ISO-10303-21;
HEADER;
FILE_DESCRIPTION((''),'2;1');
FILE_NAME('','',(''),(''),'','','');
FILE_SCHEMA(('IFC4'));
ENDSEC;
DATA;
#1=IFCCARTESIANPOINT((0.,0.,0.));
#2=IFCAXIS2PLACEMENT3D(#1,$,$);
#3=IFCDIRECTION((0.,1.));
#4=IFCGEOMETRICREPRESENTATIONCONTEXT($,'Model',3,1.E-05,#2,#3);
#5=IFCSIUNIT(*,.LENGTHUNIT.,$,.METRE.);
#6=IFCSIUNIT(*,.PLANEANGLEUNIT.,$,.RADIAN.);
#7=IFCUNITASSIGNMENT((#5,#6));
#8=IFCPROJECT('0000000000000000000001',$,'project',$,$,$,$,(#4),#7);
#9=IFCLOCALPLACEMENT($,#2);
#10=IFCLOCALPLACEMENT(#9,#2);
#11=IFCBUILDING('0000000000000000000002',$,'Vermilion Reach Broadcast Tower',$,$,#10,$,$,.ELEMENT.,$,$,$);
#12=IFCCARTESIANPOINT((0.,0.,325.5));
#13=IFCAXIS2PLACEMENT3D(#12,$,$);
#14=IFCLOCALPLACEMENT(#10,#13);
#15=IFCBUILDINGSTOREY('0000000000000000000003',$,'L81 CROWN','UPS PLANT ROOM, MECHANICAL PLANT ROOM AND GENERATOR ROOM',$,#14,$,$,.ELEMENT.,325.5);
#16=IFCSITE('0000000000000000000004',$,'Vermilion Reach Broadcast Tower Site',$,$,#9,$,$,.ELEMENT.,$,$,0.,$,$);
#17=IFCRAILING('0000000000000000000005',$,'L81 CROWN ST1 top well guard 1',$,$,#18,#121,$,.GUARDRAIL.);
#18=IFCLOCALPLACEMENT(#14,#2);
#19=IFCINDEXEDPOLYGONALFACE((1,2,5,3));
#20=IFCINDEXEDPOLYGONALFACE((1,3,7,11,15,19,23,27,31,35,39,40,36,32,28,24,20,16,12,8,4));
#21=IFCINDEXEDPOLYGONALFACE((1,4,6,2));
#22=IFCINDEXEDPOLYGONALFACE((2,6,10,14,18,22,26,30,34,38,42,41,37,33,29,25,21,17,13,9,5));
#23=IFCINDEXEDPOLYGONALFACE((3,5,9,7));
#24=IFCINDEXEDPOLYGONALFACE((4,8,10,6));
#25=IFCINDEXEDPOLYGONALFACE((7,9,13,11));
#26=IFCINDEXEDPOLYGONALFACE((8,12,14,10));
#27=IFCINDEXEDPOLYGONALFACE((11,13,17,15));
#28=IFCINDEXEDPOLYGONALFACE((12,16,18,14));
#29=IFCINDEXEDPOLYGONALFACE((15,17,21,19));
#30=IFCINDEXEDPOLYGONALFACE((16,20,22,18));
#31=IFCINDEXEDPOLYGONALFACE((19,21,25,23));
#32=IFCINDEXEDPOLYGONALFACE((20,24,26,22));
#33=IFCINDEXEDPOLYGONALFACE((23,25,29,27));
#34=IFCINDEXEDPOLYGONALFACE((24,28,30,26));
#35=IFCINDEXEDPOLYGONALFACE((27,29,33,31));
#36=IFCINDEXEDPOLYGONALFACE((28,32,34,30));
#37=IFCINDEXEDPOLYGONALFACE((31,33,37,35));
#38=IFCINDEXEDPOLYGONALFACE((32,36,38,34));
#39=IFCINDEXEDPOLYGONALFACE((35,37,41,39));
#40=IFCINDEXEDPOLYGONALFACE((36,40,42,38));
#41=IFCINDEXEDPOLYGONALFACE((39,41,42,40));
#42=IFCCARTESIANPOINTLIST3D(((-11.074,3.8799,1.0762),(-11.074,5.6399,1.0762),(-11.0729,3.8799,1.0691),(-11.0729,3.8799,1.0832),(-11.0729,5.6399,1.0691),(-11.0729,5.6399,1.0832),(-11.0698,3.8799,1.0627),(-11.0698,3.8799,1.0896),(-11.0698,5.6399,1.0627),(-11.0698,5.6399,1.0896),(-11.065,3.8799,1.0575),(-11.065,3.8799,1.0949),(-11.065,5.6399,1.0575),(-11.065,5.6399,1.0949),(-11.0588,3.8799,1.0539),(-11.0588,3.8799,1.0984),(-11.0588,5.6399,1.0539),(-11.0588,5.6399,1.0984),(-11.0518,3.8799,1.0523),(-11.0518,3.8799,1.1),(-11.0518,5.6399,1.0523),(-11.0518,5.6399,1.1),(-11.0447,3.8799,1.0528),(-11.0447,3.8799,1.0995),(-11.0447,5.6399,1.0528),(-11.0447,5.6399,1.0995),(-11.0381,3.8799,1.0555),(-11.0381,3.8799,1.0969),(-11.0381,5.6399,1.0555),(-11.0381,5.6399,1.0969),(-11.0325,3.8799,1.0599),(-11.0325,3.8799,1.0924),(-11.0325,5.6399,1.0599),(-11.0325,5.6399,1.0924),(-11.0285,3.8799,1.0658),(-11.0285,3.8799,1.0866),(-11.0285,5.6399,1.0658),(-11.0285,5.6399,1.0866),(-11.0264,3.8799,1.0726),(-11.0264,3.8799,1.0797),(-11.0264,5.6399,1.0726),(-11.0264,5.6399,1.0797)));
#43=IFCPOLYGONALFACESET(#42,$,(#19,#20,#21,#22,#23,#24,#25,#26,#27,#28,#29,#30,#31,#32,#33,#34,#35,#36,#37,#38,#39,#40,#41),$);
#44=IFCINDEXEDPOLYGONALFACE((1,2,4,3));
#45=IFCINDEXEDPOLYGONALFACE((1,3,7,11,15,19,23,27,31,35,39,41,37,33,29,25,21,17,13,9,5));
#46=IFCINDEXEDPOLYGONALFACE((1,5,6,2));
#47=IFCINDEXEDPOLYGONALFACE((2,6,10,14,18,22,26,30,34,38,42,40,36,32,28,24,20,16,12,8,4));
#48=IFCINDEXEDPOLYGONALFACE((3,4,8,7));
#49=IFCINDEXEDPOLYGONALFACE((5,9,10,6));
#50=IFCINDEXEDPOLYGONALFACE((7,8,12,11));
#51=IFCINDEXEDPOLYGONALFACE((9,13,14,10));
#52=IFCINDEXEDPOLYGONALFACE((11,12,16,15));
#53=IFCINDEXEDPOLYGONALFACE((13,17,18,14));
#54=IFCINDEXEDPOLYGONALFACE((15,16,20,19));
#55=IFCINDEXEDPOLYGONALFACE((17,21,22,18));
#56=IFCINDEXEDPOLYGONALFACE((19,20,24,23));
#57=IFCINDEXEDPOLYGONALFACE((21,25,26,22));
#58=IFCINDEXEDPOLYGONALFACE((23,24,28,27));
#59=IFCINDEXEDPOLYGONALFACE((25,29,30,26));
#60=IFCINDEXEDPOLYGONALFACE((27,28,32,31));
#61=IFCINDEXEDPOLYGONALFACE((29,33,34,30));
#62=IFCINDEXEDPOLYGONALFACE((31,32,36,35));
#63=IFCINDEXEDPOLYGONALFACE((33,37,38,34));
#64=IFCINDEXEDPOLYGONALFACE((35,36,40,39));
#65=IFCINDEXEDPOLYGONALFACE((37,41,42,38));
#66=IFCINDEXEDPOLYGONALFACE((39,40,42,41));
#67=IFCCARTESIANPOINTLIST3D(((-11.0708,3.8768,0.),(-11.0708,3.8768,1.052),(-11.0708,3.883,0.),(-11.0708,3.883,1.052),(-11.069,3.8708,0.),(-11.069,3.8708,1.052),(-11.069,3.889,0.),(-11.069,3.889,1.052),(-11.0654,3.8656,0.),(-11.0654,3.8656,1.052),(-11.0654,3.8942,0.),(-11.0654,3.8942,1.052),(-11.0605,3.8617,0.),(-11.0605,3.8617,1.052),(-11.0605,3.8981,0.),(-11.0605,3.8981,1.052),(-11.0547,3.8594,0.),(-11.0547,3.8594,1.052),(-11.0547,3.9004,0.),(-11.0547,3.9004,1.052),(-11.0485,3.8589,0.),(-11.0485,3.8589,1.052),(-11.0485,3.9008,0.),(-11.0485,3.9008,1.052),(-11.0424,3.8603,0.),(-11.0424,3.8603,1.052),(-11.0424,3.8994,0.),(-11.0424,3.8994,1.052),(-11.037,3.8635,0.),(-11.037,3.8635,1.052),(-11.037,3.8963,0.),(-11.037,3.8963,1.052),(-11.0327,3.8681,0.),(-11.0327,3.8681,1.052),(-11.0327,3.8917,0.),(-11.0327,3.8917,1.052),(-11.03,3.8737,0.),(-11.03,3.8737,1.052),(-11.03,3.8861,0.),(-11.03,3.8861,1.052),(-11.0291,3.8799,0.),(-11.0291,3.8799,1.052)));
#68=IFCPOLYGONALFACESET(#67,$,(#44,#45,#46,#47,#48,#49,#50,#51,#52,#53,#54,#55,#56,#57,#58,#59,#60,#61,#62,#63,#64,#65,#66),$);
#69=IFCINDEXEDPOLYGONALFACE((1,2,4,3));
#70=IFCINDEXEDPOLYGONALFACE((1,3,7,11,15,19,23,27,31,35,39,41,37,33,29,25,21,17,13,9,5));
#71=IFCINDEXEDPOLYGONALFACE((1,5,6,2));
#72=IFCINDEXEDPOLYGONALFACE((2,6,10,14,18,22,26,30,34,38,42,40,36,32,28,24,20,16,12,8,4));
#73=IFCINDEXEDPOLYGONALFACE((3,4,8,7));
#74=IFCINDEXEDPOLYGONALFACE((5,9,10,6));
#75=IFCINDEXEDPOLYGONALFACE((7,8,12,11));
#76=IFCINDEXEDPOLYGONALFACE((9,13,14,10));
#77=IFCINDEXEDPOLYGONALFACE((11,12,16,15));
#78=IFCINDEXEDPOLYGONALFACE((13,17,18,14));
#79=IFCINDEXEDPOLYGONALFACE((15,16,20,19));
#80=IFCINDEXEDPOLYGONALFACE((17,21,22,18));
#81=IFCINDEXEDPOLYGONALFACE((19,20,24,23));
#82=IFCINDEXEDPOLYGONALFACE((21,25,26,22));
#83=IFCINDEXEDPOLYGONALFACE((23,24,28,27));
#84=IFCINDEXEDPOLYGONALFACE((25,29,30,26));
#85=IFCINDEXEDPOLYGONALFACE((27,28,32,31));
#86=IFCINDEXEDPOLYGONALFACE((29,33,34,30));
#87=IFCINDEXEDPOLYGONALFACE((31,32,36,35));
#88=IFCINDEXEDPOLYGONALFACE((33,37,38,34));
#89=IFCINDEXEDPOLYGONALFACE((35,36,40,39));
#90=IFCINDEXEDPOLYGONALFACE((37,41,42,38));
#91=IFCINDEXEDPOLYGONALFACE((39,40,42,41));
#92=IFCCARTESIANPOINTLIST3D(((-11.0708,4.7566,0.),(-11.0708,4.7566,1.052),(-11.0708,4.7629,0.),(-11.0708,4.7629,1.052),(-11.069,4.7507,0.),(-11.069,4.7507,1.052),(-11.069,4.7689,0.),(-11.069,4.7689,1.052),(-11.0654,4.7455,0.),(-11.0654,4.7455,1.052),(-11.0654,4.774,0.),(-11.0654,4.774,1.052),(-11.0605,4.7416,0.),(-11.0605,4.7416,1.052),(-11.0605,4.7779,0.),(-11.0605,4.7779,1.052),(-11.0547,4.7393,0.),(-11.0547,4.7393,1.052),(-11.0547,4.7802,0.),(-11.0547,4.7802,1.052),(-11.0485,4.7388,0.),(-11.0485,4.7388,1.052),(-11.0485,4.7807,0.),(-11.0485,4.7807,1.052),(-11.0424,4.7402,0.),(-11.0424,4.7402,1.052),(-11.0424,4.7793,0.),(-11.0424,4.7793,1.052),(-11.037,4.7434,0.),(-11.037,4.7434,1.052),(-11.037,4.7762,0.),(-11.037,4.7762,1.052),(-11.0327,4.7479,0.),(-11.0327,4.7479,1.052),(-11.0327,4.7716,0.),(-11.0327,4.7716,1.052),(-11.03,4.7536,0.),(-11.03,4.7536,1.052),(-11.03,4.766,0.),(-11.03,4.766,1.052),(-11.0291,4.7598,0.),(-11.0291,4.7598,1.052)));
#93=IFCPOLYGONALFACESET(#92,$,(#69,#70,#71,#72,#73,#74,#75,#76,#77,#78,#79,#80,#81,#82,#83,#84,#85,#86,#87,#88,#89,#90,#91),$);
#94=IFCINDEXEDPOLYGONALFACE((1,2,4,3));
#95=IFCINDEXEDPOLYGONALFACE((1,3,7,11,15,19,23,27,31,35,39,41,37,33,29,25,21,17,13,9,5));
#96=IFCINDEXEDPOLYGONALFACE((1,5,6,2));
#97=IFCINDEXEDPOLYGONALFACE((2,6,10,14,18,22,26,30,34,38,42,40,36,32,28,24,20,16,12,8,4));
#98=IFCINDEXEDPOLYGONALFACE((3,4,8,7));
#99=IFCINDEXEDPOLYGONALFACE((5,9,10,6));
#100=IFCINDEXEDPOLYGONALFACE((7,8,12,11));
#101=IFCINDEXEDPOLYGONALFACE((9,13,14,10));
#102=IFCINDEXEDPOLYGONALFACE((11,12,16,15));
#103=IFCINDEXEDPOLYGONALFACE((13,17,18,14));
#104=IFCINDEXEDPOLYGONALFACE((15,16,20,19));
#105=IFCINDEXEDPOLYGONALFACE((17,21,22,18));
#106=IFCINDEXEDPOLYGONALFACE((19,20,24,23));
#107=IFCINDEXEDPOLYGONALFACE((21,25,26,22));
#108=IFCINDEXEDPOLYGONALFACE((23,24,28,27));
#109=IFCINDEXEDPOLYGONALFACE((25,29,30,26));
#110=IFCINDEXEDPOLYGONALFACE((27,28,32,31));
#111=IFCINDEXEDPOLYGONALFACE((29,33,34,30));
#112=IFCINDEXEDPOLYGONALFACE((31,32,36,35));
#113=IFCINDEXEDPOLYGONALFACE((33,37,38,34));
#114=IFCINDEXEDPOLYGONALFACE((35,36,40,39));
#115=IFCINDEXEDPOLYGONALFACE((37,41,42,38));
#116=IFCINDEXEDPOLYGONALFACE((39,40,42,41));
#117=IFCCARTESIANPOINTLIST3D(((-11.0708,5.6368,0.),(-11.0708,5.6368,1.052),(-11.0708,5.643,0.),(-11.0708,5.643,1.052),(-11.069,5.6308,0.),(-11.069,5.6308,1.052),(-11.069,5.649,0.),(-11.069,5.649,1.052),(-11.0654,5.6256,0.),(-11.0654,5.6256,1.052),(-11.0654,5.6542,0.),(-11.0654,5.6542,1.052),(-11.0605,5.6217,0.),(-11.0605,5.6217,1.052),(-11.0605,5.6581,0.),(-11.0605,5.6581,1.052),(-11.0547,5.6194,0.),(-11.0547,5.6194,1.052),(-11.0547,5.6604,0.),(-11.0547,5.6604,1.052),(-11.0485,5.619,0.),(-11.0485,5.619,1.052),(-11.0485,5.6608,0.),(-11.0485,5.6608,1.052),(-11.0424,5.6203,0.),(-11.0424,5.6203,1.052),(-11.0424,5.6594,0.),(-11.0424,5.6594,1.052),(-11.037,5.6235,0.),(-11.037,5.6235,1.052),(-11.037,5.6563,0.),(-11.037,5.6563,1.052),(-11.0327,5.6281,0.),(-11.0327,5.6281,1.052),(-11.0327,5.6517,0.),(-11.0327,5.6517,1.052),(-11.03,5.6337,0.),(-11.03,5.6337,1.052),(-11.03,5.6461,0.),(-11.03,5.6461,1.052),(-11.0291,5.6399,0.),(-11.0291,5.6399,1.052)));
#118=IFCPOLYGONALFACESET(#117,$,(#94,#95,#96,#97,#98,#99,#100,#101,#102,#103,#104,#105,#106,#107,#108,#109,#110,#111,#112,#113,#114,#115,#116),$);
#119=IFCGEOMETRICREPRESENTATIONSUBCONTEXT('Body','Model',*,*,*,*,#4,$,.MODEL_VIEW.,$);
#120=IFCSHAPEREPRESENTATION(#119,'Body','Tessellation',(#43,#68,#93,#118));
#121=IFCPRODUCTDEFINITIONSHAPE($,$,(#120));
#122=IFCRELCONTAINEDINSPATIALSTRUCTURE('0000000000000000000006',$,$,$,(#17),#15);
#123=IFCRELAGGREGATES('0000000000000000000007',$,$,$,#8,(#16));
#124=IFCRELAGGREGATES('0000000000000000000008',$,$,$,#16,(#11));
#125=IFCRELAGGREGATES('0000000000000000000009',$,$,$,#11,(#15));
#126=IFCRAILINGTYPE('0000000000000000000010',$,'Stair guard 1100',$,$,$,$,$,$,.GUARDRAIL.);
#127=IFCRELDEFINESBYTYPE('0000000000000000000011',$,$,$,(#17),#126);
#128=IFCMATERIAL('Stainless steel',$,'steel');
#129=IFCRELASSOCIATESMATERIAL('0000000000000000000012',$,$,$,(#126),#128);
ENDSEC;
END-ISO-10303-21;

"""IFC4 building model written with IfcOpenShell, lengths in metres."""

from ifc_helpers import new_model, si_unit, direction, frame, origin, origin_2d, place, context, subcontext, project, spatial, circle, extrude, material, type_object, element, save


model = new_model("IFC4")

# Units and contexts
model_context = context("Model", 3, precision=1e-05, world=origin(), true_north=direction((0.0, 1.0)))
body_context = subcontext(model_context, "Body", "Model", "MODEL_VIEW")
ifc_project = project(units=[si_unit("LENGTHUNIT", "METRE"), si_unit("PLANEANGLEUNIT", "RADIAN")], contexts=[model_context])

# Site, building, storey
site_placement = place(None, origin())
site = spatial("IfcSite", under=ifc_project, at=site_placement, Name="Vermilion Reach Broadcast Tower Site", CompositionType="ELEMENT", RefElevation=0.0)
building_placement = place(site_placement, origin())
building = spatial("IfcBuilding", under=site, at=building_placement, Name="Vermilion Reach Broadcast Tower", CompositionType="ELEMENT")
storey_placement = place(building_placement, frame((0.0, 0.0, 325.5)))
storey = spatial("IfcBuildingStorey", under=building, at=storey_placement, Name="L81 CROWN", Description="UPS PLANT ROOM, MECHANICAL PLANT ROOM AND GENERATOR ROOM", CompositionType="ELEMENT", Elevation=325.5)

# Railing
ifc_material_1 = material(Name="Stainless steel", Category="steel")
railing_type = type_object("IfcRailingType", Name="Stair guard 1100", PredefinedType="GUARDRAIL", material=ifc_material_1)
railing_placement = place(storey_placement, frame((-11.05, 3.8799, 0.0)))
element("IfcRailing", 1, at=railing_placement, inside=storey, type_object=railing_type, Name="L81 CROWN ST1 top well guard 1", PredefinedType="GUARDRAIL", context=body_context, shape_type="SweptSolid", body=[
    extrude(circle(Radius=0.0239, at=origin_2d()), frame((0.0, 0.0, 1.0762), z_axis=(0.0, 1.0, 0.0), x_axis=(-1.0, 0.0, 0.0)), (0.0, 0.0, 1.0), 1.76),
    extrude(circle(Radius=0.021, at=origin_2d()), origin(), (0.0, 0.0, 1.0), 1.052),
    extrude(circle(Radius=0.021, at=origin_2d()), frame((0.0, 0.8799, 0.0)), (0.0, 0.0, 1.0), 1.052),
    extrude(circle(Radius=0.021, at=origin_2d()), frame((0.0, 1.76, 0.0)), (0.0, 0.0, 1.0), 1.052),
])

save(model, "model.ifc")
